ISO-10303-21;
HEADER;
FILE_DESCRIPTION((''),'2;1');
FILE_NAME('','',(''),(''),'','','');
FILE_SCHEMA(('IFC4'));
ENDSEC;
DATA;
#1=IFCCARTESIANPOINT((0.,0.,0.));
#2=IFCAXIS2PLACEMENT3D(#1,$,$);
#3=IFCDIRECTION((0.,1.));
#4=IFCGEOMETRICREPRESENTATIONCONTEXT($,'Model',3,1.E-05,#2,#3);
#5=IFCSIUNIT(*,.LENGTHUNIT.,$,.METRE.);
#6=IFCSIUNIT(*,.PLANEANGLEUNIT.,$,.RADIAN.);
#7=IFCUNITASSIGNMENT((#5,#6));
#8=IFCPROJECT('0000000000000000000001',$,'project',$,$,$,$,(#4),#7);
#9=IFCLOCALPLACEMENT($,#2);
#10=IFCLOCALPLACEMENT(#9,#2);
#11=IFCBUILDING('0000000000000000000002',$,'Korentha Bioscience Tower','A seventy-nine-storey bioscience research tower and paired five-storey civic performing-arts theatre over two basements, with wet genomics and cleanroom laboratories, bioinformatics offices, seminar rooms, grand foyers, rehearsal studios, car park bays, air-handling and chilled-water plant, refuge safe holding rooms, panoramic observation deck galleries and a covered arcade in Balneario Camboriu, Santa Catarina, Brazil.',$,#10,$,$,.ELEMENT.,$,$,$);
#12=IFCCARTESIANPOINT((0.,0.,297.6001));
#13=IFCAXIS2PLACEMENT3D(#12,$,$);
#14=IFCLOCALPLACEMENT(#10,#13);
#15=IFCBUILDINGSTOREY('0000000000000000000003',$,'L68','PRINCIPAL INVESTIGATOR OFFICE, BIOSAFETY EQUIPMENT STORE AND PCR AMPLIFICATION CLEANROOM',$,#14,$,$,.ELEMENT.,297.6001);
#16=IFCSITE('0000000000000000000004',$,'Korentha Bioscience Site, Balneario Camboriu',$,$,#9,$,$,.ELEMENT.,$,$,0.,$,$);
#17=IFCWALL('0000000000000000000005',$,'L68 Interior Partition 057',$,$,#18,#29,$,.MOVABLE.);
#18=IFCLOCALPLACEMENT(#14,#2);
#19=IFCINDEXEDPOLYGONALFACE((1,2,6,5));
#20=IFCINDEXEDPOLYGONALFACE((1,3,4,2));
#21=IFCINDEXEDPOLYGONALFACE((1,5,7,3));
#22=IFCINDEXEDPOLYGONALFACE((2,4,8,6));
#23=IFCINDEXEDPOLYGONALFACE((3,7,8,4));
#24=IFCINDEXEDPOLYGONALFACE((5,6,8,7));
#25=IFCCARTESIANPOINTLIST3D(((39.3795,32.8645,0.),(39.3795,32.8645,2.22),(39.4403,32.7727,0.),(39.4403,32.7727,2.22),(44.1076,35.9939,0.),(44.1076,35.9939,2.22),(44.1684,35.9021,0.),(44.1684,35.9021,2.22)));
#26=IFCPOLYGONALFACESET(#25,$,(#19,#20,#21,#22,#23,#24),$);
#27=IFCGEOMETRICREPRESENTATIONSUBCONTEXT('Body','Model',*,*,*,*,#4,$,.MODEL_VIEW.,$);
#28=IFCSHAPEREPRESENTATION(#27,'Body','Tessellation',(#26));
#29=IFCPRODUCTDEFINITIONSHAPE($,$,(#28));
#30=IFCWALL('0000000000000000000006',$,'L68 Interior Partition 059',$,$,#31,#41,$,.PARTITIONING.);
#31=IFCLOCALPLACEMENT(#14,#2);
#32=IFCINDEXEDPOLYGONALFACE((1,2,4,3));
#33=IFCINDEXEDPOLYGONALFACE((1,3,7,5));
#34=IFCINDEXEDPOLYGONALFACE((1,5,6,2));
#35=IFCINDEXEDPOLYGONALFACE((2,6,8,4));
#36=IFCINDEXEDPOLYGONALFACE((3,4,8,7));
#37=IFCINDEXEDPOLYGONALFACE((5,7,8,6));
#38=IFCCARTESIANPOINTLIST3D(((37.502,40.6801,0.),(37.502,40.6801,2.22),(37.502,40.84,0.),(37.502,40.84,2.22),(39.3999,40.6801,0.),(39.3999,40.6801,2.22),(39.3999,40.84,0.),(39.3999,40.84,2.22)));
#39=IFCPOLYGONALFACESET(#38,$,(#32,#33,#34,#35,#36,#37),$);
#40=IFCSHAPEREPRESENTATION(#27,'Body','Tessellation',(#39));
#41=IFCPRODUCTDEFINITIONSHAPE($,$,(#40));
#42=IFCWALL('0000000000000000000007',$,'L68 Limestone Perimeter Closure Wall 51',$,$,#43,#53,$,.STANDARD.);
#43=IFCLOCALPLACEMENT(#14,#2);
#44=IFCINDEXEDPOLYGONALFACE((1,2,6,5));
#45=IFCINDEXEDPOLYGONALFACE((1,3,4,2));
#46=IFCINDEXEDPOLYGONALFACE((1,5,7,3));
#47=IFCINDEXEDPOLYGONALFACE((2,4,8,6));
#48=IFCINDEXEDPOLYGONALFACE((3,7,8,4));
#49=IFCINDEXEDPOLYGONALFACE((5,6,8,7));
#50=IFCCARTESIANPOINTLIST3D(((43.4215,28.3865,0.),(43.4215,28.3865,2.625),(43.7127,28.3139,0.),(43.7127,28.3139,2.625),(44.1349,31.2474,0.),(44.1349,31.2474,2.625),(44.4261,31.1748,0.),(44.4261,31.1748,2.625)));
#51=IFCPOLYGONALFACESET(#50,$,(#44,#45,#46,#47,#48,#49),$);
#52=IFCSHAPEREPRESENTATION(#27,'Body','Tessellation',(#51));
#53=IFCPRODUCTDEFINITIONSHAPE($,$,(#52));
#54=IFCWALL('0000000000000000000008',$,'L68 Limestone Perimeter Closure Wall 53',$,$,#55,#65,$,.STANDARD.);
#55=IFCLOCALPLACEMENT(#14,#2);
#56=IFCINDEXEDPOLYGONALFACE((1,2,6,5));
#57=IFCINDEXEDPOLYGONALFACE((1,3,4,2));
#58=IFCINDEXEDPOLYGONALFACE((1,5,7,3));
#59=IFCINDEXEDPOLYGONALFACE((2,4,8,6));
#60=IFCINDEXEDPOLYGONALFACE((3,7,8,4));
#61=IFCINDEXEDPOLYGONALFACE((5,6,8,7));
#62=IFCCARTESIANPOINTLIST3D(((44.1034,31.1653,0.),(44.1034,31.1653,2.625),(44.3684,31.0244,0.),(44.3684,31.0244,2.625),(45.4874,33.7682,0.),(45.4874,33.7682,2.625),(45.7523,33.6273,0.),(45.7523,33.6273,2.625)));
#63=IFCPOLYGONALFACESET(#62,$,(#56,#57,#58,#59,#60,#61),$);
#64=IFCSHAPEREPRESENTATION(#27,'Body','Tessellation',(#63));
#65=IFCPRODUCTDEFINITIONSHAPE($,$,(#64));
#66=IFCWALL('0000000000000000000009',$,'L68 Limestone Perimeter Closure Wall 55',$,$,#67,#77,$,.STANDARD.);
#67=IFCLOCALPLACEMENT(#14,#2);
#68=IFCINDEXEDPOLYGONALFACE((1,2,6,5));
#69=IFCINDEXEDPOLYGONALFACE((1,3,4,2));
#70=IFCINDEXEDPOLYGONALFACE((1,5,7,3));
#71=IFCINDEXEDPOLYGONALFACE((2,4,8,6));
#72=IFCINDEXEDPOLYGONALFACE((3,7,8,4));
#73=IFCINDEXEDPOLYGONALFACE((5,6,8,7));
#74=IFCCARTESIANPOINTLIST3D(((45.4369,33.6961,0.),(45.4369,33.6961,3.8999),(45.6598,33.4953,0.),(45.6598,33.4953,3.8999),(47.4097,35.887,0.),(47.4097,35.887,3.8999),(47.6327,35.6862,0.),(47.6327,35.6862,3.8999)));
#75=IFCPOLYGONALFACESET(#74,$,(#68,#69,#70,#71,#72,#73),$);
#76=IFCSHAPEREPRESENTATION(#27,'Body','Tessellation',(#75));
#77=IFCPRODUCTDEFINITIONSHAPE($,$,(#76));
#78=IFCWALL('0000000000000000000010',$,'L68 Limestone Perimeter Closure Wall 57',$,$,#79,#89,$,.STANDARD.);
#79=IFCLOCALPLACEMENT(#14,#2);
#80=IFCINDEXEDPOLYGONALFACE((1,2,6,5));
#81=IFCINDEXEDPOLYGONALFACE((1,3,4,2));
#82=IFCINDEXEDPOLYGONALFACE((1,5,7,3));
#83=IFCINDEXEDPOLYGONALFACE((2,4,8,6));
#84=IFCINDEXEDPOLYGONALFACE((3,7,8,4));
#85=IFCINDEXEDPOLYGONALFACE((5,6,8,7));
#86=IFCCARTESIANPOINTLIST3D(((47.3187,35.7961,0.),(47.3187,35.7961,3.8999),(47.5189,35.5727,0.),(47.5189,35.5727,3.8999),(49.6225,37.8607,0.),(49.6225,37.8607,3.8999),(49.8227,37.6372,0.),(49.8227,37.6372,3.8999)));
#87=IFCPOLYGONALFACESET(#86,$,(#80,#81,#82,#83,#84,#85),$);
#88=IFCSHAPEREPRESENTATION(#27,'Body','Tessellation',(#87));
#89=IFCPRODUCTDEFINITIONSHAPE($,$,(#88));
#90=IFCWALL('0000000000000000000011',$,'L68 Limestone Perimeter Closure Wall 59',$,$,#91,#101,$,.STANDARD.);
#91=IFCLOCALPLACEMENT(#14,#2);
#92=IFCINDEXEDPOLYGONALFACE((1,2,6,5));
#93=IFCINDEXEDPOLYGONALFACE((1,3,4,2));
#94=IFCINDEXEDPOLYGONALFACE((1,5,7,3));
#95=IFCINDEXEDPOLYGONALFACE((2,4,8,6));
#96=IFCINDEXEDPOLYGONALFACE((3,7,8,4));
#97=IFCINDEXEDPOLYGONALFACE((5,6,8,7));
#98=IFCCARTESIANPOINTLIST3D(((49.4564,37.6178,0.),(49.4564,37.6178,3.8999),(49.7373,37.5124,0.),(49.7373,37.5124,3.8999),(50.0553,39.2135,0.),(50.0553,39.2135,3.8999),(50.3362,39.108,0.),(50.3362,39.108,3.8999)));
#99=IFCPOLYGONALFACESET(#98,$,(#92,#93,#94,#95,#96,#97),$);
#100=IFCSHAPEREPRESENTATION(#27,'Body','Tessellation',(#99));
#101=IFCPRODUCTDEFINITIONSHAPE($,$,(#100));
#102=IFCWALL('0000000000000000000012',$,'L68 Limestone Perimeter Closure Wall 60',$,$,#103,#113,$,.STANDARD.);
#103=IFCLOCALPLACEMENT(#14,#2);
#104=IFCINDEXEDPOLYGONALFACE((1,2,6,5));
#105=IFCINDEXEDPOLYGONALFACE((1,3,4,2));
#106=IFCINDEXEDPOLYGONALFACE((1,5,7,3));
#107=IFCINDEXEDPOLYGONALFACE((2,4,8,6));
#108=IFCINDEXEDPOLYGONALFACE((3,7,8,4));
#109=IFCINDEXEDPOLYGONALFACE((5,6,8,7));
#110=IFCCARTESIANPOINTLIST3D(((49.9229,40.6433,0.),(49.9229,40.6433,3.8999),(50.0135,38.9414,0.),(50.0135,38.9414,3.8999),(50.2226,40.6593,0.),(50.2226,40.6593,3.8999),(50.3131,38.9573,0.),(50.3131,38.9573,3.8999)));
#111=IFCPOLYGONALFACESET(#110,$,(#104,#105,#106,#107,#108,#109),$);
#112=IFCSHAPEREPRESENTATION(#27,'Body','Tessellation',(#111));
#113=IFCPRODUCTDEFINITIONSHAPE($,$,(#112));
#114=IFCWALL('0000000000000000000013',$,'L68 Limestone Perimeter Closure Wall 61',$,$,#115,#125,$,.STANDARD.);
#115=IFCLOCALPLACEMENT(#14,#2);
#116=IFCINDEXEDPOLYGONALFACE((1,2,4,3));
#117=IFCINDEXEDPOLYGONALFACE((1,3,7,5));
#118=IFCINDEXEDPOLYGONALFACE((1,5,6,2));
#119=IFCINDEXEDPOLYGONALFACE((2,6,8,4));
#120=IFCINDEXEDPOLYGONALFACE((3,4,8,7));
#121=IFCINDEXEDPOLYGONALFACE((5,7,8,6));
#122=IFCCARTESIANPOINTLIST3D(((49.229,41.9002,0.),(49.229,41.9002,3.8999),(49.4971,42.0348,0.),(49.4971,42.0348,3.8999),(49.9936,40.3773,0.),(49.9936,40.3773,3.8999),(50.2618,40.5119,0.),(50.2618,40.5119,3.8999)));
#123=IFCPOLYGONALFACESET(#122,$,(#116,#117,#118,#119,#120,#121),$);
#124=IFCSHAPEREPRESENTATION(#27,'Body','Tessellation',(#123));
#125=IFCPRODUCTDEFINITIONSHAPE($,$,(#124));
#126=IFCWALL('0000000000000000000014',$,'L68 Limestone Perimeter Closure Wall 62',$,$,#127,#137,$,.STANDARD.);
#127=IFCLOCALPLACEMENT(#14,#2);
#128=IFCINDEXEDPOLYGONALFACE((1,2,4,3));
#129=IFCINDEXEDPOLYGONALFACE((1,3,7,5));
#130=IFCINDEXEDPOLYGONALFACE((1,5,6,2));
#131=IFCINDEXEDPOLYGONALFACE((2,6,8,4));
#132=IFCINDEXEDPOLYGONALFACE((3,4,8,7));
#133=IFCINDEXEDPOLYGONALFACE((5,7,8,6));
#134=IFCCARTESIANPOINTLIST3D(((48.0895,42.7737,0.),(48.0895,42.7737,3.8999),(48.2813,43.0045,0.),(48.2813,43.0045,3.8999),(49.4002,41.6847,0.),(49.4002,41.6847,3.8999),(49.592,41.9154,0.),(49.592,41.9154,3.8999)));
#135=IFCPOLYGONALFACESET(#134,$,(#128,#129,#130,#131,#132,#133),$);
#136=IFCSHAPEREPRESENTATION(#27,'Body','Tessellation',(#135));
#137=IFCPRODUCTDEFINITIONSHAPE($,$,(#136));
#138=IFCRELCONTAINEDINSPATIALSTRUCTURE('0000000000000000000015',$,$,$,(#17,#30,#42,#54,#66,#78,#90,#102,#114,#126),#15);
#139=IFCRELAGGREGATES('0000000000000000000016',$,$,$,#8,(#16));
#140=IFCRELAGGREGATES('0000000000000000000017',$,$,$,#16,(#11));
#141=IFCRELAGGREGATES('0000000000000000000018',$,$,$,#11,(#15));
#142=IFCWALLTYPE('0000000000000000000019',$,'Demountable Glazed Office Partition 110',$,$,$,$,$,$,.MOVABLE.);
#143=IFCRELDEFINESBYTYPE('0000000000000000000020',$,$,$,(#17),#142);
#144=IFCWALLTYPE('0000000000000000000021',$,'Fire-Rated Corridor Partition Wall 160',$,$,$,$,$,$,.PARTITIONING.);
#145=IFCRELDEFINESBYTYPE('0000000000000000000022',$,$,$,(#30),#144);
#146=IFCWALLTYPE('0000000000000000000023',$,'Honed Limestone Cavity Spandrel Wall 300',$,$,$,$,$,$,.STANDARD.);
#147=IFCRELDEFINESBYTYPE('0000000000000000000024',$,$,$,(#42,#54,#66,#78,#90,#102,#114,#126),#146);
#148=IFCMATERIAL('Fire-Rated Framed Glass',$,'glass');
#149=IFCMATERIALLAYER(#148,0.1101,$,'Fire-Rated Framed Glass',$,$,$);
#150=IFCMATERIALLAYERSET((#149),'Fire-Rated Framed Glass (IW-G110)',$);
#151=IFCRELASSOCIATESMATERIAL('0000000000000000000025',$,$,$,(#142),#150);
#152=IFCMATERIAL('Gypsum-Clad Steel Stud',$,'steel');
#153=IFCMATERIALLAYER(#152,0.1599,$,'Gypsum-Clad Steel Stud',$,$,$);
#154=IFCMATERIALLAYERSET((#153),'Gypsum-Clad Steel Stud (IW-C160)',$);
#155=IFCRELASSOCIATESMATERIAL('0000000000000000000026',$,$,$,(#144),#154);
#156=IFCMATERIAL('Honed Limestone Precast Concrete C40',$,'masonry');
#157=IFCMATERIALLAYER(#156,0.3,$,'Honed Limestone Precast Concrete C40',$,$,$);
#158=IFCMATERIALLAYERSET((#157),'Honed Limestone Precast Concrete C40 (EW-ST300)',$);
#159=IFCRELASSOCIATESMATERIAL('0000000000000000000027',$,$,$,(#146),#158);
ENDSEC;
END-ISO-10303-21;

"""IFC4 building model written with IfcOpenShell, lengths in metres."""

from ifc_helpers import new_model, si_unit, direction, frame, frame_2d, origin, place, context, subcontext, project, spatial, rectangle, extrude, material, layer, layer_set, type_object, element, save


model = new_model("IFC4")

# Units and contexts
model_context = context("Model", 3, precision=1e-05, world=origin(), true_north=direction((0.0, 1.0)))
body_context = subcontext(model_context, "Body", "Model", "MODEL_VIEW")
ifc_project = project(units=[si_unit("LENGTHUNIT", "METRE"), si_unit("PLANEANGLEUNIT", "RADIAN")], contexts=[model_context])

# Site, building, storey
site_placement = place(None, origin())
site = spatial("IfcSite", under=ifc_project, at=site_placement, Name="Korentha Bioscience Site, Balneario Camboriu", CompositionType="ELEMENT", RefElevation=0.0)
building_placement = place(site_placement, origin())
building = spatial("IfcBuilding", under=site, at=building_placement, Name="Korentha Bioscience Tower", Description="A seventy-nine-storey bioscience research tower and paired five-storey civic performing-arts theatre over two basements, with wet genomics and cleanroom laboratories, bioinformatics offices, seminar rooms, grand foyers, rehearsal studios, car park bays, air-handling and chilled-water plant, refuge safe holding rooms, panoramic observation deck galleries and a covered arcade in Balneario Camboriu, Santa Catarina, Brazil.", CompositionType="ELEMENT")
storey_placement = place(building_placement, frame((0.0, 0.0, 297.6001)))
storey = spatial("IfcBuildingStorey", under=building, at=storey_placement, Name="L68", Description="PRINCIPAL INVESTIGATOR OFFICE, BIOSAFETY EQUIPMENT STORE AND PCR AMPLIFICATION CLEANROOM", CompositionType="ELEMENT", Elevation=297.6001)

# Wall
ifc_material_1 = material(Name="Fire-Rated Framed Glass", Category="glass")
ifc_layer_1 = layer(ifc_material_1, 0.1101, Name="Fire-Rated Framed Glass")
ifc_layer_set_1 = layer_set([ifc_layer_1], Name="Fire-Rated Framed Glass (IW-G110)")
wall_type_1 = type_object("IfcWallType", Name="Demountable Glazed Office Partition 110", PredefinedType="MOVABLE", material=ifc_layer_set_1)
wall_1_placement = place(storey_placement, frame((39.4099, 32.8186, 0.0), z_axis=(0.0, 0.0, 1.0), x_axis=(0.833887, 0.551935, 0.0)))
element("IfcWall", 1, at=wall_1_placement, inside=storey, type_object=wall_type_1, Name="L68 Interior Partition 057", PredefinedType="MOVABLE", context=body_context, shape_type="SweptSolid", body=[
    extrude(rectangle(XDim=5.6699, YDim=0.1101, at=frame_2d((2.835, 0.0))), origin(), (0.0, 0.0, 1.0), 2.22),
])

# Shared definitions
ifc_material_2 = material(Name="Gypsum-Clad Steel Stud", Category="steel")
ifc_layer_2 = layer(ifc_material_2, 0.1599, Name="Gypsum-Clad Steel Stud")
ifc_layer_set_2 = layer_set([ifc_layer_2], Name="Gypsum-Clad Steel Stud (IW-C160)")
wall_type_2 = type_object("IfcWallType", Name="Fire-Rated Corridor Partition Wall 160", PredefinedType="PARTITIONING", material=ifc_layer_set_2)

# Walls
wall_2_placement = place(storey_placement, frame((39.3999, 40.76, 0.0), z_axis=(0.0, 0.0, 1.0), x_axis=(-1.0, 0.0, 0.0)))
element("IfcWall", 2, at=wall_2_placement, inside=storey, type_object=wall_type_2, Name="L68 Interior Partition 059", PredefinedType="PARTITIONING", context=body_context, shape_type="SweptSolid", body=[
    extrude(rectangle(XDim=1.8979, YDim=0.1599, at=frame_2d((0.949, 0.0))), origin(), (0.0, 0.0, 1.0), 2.22),
])
ifc_material_3 = material(Name="Honed Limestone Precast Concrete C40", Category="masonry")
ifc_layer_3 = layer(ifc_material_3, 0.3, Name="Honed Limestone Precast Concrete C40")
ifc_layer_set_3 = layer_set([ifc_layer_3], Name="Honed Limestone Precast Concrete C40 (EW-ST300)")
wall_type_3 = type_object("IfcWallType", Name="Honed Limestone Cavity Spandrel Wall 300", PredefinedType="STANDARD", material=ifc_layer_set_3)
wall_3_placement = place(storey_placement, frame((43.5671, 28.3503, 0.0), z_axis=(0.0, 0.0, 1.0), x_axis=(0.241951, 0.970288, 0.0)))
element("IfcWall", 3, at=wall_3_placement, inside=storey, type_object=wall_type_3, Name="L68 Limestone Perimeter Closure Wall 51", PredefinedType="STANDARD", context=body_context, shape_type="SweptSolid", body=[
    extrude(rectangle(XDim=2.9485, YDim=0.3, at=frame_2d((1.4741, 0.0))), origin(), (0.0, 0.0, 1.0), 2.625),
])
wall_4_placement = place(storey_placement, frame((44.2358, 31.0947, 0.0), z_axis=(0.0, 0.0, 1.0), x_axis=(0.469466, 0.882951, 0.0)))
element("IfcWall", 4, at=wall_4_placement, inside=storey, type_object=wall_type_3, Name="L68 Limestone Perimeter Closure Wall 53", PredefinedType="STANDARD", context=body_context, shape_type="SweptSolid", body=[
    extrude(rectangle(XDim=2.948, YDim=0.3, at=frame_2d((1.4741, 0.0))), origin(), (0.0, 0.0, 1.0), 2.625),
])
wall_5_placement = place(storey_placement, frame((45.5483, 33.5957, 0.0), z_axis=(0.0, 0.0, 1.0), x_axis=(0.669166, 0.743113, 0.0)))
element("IfcWall", 5, at=wall_5_placement, inside=storey, type_object=wall_type_3, Name="L68 Limestone Perimeter Closure Wall 55", PredefinedType="STANDARD", context=body_context, shape_type="SweptSolid", body=[
    extrude(rectangle(XDim=2.9482, YDim=0.3, at=frame_2d((1.4741, 0.0))), origin(), (0.0, 0.0, 1.0), 3.8999),
])
wall_6_placement = place(storey_placement, frame((47.4187, 35.6843, 0.0), z_axis=(0.0, 0.0, 1.0), x_axis=(0.744721, 0.667376, 0.0)))
element("IfcWall", 6, at=wall_6_placement, inside=storey, type_object=wall_type_3, Name="L68 Limestone Perimeter Closure Wall 57", PredefinedType="STANDARD", context=body_context, shape_type="SweptSolid", body=[
    extrude(rectangle(XDim=3.0935, YDim=0.3, at=frame_2d((1.5469, 0.0))), origin(), (0.0, 0.0, 1.0), 3.8999),
])
for number, where, z_axis, x_axis, name in (
    (7, (49.5969, 37.5652, 0.0), (0.0, 0.0, 1.0), (0.351375, 0.936235, 0.0), "L68 Limestone Perimeter Closure Wall 59"),
    (8, (50.1633, 38.9495, 0.0), (0.0, 0.0, 1.0), (-0.053145, 0.998587, 0.0), "L68 Limestone Perimeter Closure Wall 60"),
):
    element("IfcWall", number, at=place(storey_placement, frame(where, z_axis=z_axis, x_axis=x_axis)), inside=storey, type_object=wall_type_3, Name=name, PredefinedType="STANDARD", context=body_context, shape_type="SweptSolid", body=[
        extrude(rectangle(XDim=1.7043, YDim=0.3, at=frame_2d((0.8521, 0.0))), origin(), (0.0, 0.0, 1.0), 3.8999),
    ])
for number, where, z_axis, x_axis, name in (
    (9, (50.1277, 40.4446, 0.0), (0.0, 0.0, 1.0), (-0.448703, 0.893681, 0.0), "L68 Limestone Perimeter Closure Wall 61"),
    (10, (49.4961, 41.8, 0.0), (0.0, 0.0, 1.0), (-0.769148, 0.639071, 0.0), "L68 Limestone Perimeter Closure Wall 62"),
):
    element("IfcWall", number, at=place(storey_placement, frame(where, z_axis=z_axis, x_axis=x_axis)), inside=storey, type_object=wall_type_3, Name=name, PredefinedType="STANDARD", context=body_context, shape_type="SweptSolid", body=[
        extrude(rectangle(XDim=1.7041, YDim=0.3, at=frame_2d((0.8521, 0.0))), origin(), (0.0, 0.0, 1.0), 3.8999),
    ])

save(model, "model.ifc")
